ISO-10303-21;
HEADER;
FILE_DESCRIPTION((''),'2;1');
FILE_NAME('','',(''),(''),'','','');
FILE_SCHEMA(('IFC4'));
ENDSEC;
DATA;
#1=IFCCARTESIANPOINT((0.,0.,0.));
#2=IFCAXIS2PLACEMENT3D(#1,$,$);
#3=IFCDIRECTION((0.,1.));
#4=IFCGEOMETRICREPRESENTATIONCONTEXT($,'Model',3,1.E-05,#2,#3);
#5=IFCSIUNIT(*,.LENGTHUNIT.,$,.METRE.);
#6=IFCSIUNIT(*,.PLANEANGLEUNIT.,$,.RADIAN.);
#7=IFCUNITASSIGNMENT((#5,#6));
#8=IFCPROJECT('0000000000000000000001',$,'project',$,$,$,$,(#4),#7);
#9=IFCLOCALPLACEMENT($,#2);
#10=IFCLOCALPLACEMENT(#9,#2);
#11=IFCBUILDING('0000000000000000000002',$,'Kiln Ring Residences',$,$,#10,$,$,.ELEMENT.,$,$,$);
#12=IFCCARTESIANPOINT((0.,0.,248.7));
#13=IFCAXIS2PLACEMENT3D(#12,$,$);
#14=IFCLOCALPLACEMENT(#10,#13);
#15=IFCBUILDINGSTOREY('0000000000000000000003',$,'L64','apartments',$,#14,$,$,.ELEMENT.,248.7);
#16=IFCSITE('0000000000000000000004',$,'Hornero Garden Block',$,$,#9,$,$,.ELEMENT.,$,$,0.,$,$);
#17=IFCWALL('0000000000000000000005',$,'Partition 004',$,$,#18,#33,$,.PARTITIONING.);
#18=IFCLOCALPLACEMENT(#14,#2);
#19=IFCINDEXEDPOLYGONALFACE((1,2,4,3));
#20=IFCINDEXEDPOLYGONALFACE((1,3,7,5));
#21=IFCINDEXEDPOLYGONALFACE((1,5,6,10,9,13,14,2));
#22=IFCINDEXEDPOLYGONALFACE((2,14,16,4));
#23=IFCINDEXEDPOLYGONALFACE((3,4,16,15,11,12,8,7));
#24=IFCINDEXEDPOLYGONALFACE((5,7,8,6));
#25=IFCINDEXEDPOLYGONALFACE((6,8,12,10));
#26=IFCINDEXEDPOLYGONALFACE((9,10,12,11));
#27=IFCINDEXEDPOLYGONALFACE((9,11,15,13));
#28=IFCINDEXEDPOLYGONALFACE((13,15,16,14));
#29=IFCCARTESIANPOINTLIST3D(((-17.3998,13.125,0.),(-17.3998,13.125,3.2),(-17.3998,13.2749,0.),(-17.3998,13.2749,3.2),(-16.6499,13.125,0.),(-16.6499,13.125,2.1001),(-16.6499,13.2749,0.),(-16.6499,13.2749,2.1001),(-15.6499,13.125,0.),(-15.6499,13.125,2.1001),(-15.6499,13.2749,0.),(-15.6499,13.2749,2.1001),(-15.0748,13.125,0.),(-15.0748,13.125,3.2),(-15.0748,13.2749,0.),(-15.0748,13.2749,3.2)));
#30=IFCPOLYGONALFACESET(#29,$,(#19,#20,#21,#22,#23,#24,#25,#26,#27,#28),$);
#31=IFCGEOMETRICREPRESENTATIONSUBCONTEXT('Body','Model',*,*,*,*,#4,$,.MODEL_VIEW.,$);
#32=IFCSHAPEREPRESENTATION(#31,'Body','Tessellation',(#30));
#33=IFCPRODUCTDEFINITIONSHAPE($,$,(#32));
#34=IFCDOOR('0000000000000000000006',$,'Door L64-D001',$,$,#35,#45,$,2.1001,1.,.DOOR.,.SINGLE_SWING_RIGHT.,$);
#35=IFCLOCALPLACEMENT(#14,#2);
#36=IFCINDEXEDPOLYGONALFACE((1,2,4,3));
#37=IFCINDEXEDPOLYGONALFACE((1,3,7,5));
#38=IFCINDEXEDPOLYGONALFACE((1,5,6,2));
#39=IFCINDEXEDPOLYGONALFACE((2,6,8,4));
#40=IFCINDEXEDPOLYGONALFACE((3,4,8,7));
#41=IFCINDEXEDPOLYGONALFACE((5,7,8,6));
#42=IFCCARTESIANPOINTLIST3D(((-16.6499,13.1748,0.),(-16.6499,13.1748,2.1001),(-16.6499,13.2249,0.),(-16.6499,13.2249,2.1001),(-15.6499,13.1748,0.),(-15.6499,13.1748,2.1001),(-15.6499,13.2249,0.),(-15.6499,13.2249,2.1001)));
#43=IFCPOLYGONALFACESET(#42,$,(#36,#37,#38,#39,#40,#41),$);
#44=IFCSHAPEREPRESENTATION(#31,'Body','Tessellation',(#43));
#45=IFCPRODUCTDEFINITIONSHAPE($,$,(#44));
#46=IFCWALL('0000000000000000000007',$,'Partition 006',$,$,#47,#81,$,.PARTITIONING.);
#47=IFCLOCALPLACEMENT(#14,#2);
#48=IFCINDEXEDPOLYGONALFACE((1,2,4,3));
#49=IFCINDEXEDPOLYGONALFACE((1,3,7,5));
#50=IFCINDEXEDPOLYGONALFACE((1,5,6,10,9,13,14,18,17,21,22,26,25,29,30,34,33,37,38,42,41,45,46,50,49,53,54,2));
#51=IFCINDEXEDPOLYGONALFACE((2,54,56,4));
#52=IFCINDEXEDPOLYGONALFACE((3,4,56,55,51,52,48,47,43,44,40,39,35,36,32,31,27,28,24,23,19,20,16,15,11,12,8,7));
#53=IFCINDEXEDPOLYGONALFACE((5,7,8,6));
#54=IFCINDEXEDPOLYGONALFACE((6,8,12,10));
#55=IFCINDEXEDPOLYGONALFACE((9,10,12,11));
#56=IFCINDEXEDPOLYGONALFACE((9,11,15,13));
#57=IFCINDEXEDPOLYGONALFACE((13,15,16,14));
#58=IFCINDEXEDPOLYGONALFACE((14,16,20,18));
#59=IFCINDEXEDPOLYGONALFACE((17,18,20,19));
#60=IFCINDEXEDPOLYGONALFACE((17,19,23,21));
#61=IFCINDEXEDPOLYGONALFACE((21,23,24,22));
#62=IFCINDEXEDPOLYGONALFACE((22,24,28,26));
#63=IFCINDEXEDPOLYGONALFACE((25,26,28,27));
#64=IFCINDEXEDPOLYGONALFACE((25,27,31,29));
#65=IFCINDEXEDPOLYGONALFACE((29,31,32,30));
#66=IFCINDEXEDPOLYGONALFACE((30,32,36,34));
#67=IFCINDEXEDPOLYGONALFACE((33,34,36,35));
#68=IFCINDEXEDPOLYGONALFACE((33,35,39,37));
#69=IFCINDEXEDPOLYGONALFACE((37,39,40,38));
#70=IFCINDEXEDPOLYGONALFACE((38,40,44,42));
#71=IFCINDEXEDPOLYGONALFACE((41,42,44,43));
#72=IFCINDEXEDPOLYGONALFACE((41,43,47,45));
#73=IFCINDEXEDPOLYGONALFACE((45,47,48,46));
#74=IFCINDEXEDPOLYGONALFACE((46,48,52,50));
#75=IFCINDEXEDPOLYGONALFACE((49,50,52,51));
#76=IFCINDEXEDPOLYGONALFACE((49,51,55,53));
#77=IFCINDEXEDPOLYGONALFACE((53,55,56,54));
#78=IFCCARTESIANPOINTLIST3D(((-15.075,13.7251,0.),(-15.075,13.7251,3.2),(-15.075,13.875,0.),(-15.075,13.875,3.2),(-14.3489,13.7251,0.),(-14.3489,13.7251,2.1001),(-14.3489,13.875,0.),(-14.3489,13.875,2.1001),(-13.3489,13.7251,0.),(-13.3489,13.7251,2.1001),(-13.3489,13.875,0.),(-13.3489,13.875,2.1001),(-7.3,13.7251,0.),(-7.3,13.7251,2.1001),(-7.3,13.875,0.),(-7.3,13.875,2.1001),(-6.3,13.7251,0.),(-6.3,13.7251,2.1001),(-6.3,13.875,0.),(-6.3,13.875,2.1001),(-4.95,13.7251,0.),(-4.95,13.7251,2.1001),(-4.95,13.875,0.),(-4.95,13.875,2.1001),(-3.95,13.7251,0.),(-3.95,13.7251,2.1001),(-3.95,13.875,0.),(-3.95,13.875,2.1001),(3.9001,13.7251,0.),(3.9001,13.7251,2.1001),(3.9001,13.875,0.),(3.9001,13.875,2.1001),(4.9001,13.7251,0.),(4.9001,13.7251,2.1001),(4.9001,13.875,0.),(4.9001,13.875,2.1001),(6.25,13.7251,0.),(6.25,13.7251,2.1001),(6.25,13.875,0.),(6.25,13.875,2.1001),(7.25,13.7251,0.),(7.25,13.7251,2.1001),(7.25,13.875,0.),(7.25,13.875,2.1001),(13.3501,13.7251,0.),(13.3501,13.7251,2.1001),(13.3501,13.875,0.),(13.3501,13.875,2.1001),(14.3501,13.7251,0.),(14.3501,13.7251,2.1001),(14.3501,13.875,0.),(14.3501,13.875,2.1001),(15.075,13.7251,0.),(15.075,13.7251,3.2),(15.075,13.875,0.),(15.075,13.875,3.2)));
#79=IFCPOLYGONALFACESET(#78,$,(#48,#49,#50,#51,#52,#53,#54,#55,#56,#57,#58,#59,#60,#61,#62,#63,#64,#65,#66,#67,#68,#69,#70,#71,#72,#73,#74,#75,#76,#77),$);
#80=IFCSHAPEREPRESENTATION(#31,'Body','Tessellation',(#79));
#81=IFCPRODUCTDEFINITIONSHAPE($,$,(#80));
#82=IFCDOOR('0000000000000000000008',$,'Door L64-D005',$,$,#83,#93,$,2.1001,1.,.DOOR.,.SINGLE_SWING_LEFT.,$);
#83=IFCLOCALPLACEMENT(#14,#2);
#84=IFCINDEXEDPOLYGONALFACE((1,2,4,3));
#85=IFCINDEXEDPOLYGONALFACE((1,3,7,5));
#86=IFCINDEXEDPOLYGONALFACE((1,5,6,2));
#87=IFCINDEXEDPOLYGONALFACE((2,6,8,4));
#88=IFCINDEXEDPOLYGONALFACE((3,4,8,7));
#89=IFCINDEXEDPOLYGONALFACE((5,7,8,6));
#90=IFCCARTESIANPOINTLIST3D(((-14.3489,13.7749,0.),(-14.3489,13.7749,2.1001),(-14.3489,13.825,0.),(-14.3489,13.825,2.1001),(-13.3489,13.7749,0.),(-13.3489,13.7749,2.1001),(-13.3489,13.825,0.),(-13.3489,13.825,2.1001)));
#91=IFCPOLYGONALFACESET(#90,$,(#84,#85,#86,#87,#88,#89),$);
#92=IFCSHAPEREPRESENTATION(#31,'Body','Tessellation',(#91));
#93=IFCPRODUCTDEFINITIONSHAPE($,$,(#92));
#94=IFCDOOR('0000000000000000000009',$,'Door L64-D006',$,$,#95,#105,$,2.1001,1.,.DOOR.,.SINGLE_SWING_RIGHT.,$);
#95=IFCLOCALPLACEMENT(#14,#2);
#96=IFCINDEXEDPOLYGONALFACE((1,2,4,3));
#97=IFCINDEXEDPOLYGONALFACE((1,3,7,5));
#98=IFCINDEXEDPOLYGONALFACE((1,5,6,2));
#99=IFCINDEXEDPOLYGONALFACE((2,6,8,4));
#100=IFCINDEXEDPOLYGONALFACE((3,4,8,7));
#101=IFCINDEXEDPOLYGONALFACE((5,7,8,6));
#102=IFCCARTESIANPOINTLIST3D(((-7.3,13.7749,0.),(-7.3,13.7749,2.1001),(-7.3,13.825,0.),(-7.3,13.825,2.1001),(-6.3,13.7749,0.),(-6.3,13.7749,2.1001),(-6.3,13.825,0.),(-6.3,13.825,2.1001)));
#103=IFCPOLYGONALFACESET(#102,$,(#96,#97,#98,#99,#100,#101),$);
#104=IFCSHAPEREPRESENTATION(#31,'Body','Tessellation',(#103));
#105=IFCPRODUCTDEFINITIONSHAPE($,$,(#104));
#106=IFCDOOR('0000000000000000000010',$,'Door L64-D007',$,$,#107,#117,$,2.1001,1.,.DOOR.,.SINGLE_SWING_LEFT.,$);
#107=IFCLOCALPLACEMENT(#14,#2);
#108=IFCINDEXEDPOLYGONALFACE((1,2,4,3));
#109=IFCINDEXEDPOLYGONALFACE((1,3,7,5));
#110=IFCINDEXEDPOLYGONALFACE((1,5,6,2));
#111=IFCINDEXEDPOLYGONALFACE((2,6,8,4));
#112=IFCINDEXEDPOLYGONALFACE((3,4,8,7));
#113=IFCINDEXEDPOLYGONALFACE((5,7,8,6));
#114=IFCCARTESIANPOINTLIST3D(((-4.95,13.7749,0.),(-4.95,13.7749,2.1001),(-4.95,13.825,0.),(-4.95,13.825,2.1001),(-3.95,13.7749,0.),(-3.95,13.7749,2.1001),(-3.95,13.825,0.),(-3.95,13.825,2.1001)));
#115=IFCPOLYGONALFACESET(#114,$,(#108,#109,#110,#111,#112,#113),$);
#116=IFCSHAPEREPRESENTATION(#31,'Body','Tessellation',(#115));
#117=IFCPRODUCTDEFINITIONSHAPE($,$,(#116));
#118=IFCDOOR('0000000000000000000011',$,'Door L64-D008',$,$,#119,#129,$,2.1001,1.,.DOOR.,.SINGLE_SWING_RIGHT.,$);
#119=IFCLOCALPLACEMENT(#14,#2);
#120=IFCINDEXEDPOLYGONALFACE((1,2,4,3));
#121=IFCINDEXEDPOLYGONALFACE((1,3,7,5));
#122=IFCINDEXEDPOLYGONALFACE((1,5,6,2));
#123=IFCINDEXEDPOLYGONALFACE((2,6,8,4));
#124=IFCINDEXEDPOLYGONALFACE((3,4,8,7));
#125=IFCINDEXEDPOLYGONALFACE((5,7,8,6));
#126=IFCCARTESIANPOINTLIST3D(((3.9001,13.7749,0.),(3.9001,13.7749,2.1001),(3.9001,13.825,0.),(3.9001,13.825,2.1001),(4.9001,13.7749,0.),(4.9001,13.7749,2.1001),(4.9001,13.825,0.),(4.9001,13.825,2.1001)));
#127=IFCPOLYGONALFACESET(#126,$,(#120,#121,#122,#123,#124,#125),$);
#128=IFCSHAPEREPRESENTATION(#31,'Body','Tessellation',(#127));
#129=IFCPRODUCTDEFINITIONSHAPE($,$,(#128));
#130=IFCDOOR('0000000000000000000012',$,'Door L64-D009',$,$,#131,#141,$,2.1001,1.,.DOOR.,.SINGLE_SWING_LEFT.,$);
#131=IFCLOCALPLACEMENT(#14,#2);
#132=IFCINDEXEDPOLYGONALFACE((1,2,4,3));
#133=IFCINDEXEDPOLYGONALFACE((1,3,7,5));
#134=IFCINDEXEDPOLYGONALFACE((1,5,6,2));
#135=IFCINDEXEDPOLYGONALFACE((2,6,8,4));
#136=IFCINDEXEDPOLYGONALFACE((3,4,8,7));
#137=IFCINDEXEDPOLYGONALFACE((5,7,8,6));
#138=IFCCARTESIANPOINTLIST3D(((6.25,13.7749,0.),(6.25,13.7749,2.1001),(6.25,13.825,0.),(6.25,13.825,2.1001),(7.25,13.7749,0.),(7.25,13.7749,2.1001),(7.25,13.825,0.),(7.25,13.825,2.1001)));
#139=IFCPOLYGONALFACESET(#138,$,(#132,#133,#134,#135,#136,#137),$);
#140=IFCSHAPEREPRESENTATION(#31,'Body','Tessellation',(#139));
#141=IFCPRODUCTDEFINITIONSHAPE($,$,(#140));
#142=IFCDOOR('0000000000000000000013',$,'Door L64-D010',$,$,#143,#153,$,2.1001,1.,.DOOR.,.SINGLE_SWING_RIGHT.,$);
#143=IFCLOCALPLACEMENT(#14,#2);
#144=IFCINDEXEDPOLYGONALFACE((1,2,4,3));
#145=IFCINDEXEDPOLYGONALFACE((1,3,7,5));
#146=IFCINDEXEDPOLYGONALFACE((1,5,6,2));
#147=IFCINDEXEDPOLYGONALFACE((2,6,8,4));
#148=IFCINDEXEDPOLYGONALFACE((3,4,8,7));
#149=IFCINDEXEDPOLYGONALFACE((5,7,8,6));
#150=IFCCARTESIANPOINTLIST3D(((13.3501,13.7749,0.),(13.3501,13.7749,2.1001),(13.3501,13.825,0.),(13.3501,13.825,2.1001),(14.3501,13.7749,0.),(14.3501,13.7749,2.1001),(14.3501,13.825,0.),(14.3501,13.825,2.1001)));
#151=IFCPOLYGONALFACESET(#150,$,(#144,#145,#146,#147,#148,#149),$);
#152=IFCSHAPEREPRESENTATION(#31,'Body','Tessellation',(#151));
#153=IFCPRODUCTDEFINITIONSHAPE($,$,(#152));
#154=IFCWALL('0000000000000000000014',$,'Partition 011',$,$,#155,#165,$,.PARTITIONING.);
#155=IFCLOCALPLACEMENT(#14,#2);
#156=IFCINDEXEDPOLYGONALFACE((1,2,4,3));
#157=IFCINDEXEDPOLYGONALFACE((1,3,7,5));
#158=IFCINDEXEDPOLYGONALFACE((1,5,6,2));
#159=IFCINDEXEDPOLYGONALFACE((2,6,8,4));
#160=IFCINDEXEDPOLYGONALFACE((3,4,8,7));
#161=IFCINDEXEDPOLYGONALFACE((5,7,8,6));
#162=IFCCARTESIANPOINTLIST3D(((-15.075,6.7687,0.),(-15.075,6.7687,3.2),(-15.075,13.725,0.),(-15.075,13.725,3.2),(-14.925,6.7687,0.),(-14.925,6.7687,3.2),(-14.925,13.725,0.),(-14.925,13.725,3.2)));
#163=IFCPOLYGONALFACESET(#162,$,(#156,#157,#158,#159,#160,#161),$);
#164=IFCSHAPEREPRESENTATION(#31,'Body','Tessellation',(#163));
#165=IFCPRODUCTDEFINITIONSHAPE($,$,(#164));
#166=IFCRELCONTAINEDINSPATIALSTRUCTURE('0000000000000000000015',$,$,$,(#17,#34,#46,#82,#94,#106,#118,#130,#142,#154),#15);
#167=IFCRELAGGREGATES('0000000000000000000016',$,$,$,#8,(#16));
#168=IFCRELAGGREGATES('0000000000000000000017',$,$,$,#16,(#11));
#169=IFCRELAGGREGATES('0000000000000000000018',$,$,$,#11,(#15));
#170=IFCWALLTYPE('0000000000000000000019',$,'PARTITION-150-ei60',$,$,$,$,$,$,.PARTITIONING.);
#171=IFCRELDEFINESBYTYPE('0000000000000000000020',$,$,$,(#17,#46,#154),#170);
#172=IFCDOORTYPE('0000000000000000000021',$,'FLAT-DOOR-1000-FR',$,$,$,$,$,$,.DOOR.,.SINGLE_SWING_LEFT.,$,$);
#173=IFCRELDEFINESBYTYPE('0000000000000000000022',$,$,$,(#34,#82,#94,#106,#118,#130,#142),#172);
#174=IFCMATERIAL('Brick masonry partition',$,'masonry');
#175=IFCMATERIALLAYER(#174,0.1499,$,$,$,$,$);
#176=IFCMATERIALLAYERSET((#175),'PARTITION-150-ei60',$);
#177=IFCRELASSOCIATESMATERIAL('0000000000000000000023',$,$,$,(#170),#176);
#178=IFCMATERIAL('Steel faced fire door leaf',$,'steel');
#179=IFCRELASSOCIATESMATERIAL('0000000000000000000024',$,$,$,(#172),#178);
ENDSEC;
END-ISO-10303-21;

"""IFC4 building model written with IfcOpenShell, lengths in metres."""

from ifc_helpers import new_model, si_unit, direction, frame, frame_2d, origin, place, context, subcontext, project, spatial, rectangle, extrude, material, layer, layer_set, type_object, element, fill, save


model = new_model("IFC4")

# Units and contexts
model_context = context("Model", 3, precision=1e-05, world=origin(), true_north=direction((0.0, 1.0)))
body_context = subcontext(model_context, "Body", "Model", "MODEL_VIEW")
ifc_project = project(units=[si_unit("LENGTHUNIT", "METRE"), si_unit("PLANEANGLEUNIT", "RADIAN")], contexts=[model_context])

# Site, building, storey
site_placement = place(None, origin())
site = spatial("IfcSite", under=ifc_project, at=site_placement, Name="Hornero Garden Block", CompositionType="ELEMENT", RefElevation=0.0)
building_placement = place(site_placement, origin())
building = spatial("IfcBuilding", under=site, at=building_placement, Name="Kiln Ring Residences", CompositionType="ELEMENT")
storey_placement = place(building_placement, frame((0.0, 0.0, 248.7)))
storey = spatial("IfcBuildingStorey", under=building, at=storey_placement, Name="L64", Description="apartments", CompositionType="ELEMENT", Elevation=248.7)

# Wall, opening, door
ifc_material_1 = material(Name="Brick masonry partition", Category="masonry")
ifc_layer_1 = layer(ifc_material_1, 0.1499)
ifc_layer_set_1 = layer_set([ifc_layer_1], Name="PARTITION-150-ei60")
wall_type_1 = type_object("IfcWallType", Name="PARTITION-150-ei60", PredefinedType="PARTITIONING", material=ifc_layer_set_1)
wall_1_placement = place(storey_placement, frame((-17.3999, 13.2, 0.0), z_axis=(0.0, 0.0, 1.0), x_axis=(1.0, 0.0, 0.0)))
wall_1 = element("IfcWall", 1, at=wall_1_placement, inside=storey, type_object=wall_type_1, Name="Partition 004", PredefinedType="PARTITIONING", context=body_context, shape_type="SweptSolid", body=[
    extrude(rectangle(XDim=2.325, YDim=0.1499, at=frame_2d((1.1626, 0.0))), origin(), (0.0, 0.0, 1.0), 3.2),
])
opening_1_placement = place(wall_1_placement, frame((0.75, 0.0, 0.0)))
opening_1 = element("IfcOpeningElement", 2, at=opening_1_placement, cuts=wall_1, PredefinedType="OPENING", context=body_context, shape_type="SweptSolid", body=[
    extrude(rectangle(XDim=1.0, YDim=2.1001, at=frame_2d((0.5, 1.05))), frame((0.0, 0.085, 0.0), z_axis=(0.0, -1.0, 0.0), x_axis=(1.0, 0.0, 0.0)), (0.0, 0.0, 1.0), 0.1699),
])
ifc_material_2 = material(Name="Steel faced fire door leaf", Category="steel")
door_type_1 = type_object("IfcDoorType", Name="FLAT-DOOR-1000-FR", OperationType="SINGLE_SWING_LEFT", PredefinedType="DOOR", material=ifc_material_2)
door_1_placement = place(opening_1_placement, origin())
door_1 = element("IfcDoor", 3, at=door_1_placement, inside=storey, type_object=door_type_1, Name="Door L64-D001", OperationType="SINGLE_SWING_RIGHT", OverallHeight=2.1001, OverallWidth=1.0, PredefinedType="DOOR", context=body_context, shape_type="SweptSolid", body=[
    extrude(rectangle(XDim=1.0, YDim=2.1001, at=frame_2d((0.5, 1.05))), frame((0.0, 0.0249, 0.0), z_axis=(0.0, -1.0, 0.0), x_axis=(1.0, 0.0, 0.0)), (0.0, 0.0, 1.0), 0.05),
])
fill(opening_1, door_1)

# Wall, openings, doors
wall_2_placement = place(storey_placement, frame((-15.075, 13.8, 0.0), z_axis=(0.0, 0.0, 1.0), x_axis=(1.0, 0.0, 0.0)))
wall_2 = element("IfcWall", 4, at=wall_2_placement, inside=storey, type_object=wall_type_1, Name="Partition 006", PredefinedType="PARTITIONING", context=body_context, shape_type="SweptSolid", body=[
    extrude(rectangle(XDim=30.1499, YDim=0.1499, at=frame_2d((15.075, 0.0))), origin(), (0.0, 0.0, 1.0), 3.2),
])
opening_2_placement = place(wall_2_placement, frame((0.7261, 0.0, 0.0)))
opening_2 = element("IfcOpeningElement", 5, at=opening_2_placement, cuts=wall_2, PredefinedType="OPENING", context=body_context, shape_type="SweptSolid", body=[
    extrude(rectangle(XDim=1.0, YDim=2.1001, at=frame_2d((0.5, 1.05))), frame((0.0, 0.085, 0.0), z_axis=(0.0, -1.0, 0.0), x_axis=(1.0, 0.0, 0.0)), (0.0, 0.0, 1.0), 0.1699),
])
opening_3_placement = place(wall_2_placement, frame((7.7749, 0.0, 0.0)))
opening_3 = element("IfcOpeningElement", 6, at=opening_3_placement, cuts=wall_2, PredefinedType="OPENING", context=body_context, shape_type="SweptSolid", body=[
    extrude(rectangle(XDim=1.0, YDim=2.1001, at=frame_2d((0.5, 1.05))), frame((0.0, 0.085, 0.0), z_axis=(0.0, -1.0, 0.0), x_axis=(1.0, 0.0, 0.0)), (0.0, 0.0, 1.0), 0.1699),
])
opening_4_placement = place(wall_2_placement, frame((10.125, 0.0, 0.0)))
opening_4 = element("IfcOpeningElement", 7, at=opening_4_placement, cuts=wall_2, PredefinedType="OPENING", context=body_context, shape_type="SweptSolid", body=[
    extrude(rectangle(XDim=1.0, YDim=2.1001, at=frame_2d((0.5, 1.05))), frame((0.0, 0.085, 0.0), z_axis=(0.0, -1.0, 0.0), x_axis=(1.0, 0.0, 0.0)), (0.0, 0.0, 1.0), 0.1699),
])
opening_5_placement = place(wall_2_placement, frame((18.9751, 0.0, 0.0)))
opening_5 = element("IfcOpeningElement", 8, at=opening_5_placement, cuts=wall_2, PredefinedType="OPENING", context=body_context, shape_type="SweptSolid", body=[
    extrude(rectangle(XDim=1.0, YDim=2.1001, at=frame_2d((0.5, 1.05))), frame((0.0, 0.085, 0.0), z_axis=(0.0, -1.0, 0.0), x_axis=(1.0, 0.0, 0.0)), (0.0, 0.0, 1.0), 0.1699),
])
opening_6_placement = place(wall_2_placement, frame((21.325, 0.0, 0.0)))
opening_6 = element("IfcOpeningElement", 9, at=opening_6_placement, cuts=wall_2, PredefinedType="OPENING", context=body_context, shape_type="SweptSolid", body=[
    extrude(rectangle(XDim=1.0, YDim=2.1001, at=frame_2d((0.5, 1.05))), frame((0.0, 0.085, 0.0), z_axis=(0.0, -1.0, 0.0), x_axis=(1.0, 0.0, 0.0)), (0.0, 0.0, 1.0), 0.1699),
])
opening_7_placement = place(wall_2_placement, frame((28.425, 0.0, 0.0)))
opening_7 = element("IfcOpeningElement", 10, at=opening_7_placement, cuts=wall_2, PredefinedType="OPENING", context=body_context, shape_type="SweptSolid", body=[
    extrude(rectangle(XDim=1.0, YDim=2.1001, at=frame_2d((0.5, 1.05))), frame((0.0, 0.085, 0.0), z_axis=(0.0, -1.0, 0.0), x_axis=(1.0, 0.0, 0.0)), (0.0, 0.0, 1.0), 0.1699),
])
door_2_placement = place(opening_2_placement, origin())
door_2 = element("IfcDoor", 11, at=door_2_placement, inside=storey, type_object=door_type_1, Name="Door L64-D005", OperationType="SINGLE_SWING_LEFT", OverallHeight=2.1001, OverallWidth=1.0, PredefinedType="DOOR", context=body_context, shape_type="SweptSolid", body=[
    extrude(rectangle(XDim=1.0, YDim=2.1001, at=frame_2d((0.5, 1.05))), frame((0.0, 0.0249, 0.0), z_axis=(0.0, -1.0, 0.0), x_axis=(1.0, 0.0, 0.0)), (0.0, 0.0, 1.0), 0.05),
])
fill(opening_2, door_2)
door_3_placement = place(opening_3_placement, origin())
door_3 = element("IfcDoor", 12, at=door_3_placement, inside=storey, type_object=door_type_1, Name="Door L64-D006", OperationType="SINGLE_SWING_RIGHT", OverallHeight=2.1001, OverallWidth=1.0, PredefinedType="DOOR", context=body_context, shape_type="SweptSolid", body=[
    extrude(rectangle(XDim=1.0, YDim=2.1001, at=frame_2d((0.5, 1.05))), frame((0.0, 0.0249, 0.0), z_axis=(0.0, -1.0, 0.0), x_axis=(1.0, 0.0, 0.0)), (0.0, 0.0, 1.0), 0.05),
])
fill(opening_3, door_3)
door_4_placement = place(opening_4_placement, origin())
door_4 = element("IfcDoor", 13, at=door_4_placement, inside=storey, type_object=door_type_1, Name="Door L64-D007", OperationType="SINGLE_SWING_LEFT", OverallHeight=2.1001, OverallWidth=1.0, PredefinedType="DOOR", context=body_context, shape_type="SweptSolid", body=[
    extrude(rectangle(XDim=1.0, YDim=2.1001, at=frame_2d((0.5, 1.05))), frame((0.0, 0.0249, 0.0), z_axis=(0.0, -1.0, 0.0), x_axis=(1.0, 0.0, 0.0)), (0.0, 0.0, 1.0), 0.05),
])
fill(opening_4, door_4)
door_5_placement = place(opening_5_placement, origin())
door_5 = element("IfcDoor", 14, at=door_5_placement, inside=storey, type_object=door_type_1, Name="Door L64-D008", OperationType="SINGLE_SWING_RIGHT", OverallHeight=2.1001, OverallWidth=1.0, PredefinedType="DOOR", context=body_context, shape_type="SweptSolid", body=[
    extrude(rectangle(XDim=1.0, YDim=2.1001, at=frame_2d((0.5, 1.05))), frame((0.0, 0.0249, 0.0), z_axis=(0.0, -1.0, 0.0), x_axis=(1.0, 0.0, 0.0)), (0.0, 0.0, 1.0), 0.05),
])
fill(opening_5, door_5)
door_6_placement = place(opening_6_placement, origin())
door_6 = element("IfcDoor", 15, at=door_6_placement, inside=storey, type_object=door_type_1, Name="Door L64-D009", OperationType="SINGLE_SWING_LEFT", OverallHeight=2.1001, OverallWidth=1.0, PredefinedType="DOOR", context=body_context, shape_type="SweptSolid", body=[
    extrude(rectangle(XDim=1.0, YDim=2.1001, at=frame_2d((0.5, 1.05))), frame((0.0, 0.0249, 0.0), z_axis=(0.0, -1.0, 0.0), x_axis=(1.0, 0.0, 0.0)), (0.0, 0.0, 1.0), 0.05),
])
fill(opening_6, door_6)
door_7_placement = place(opening_7_placement, origin())
door_7 = element("IfcDoor", 16, at=door_7_placement, inside=storey, type_object=door_type_1, Name="Door L64-D010", OperationType="SINGLE_SWING_RIGHT", OverallHeight=2.1001, OverallWidth=1.0, PredefinedType="DOOR", context=body_context, shape_type="SweptSolid", body=[
    extrude(rectangle(XDim=1.0, YDim=2.1001, at=frame_2d((0.5, 1.05))), frame((0.0, 0.0249, 0.0), z_axis=(0.0, -1.0, 0.0), x_axis=(1.0, 0.0, 0.0)), (0.0, 0.0, 1.0), 0.05),
])
fill(opening_7, door_7)

# Wall
wall_3_placement = place(storey_placement, frame((-15.0, 6.7688, 0.0), z_axis=(0.0, 0.0, 1.0), x_axis=(0.0, 1.0, 0.0)))
element("IfcWall", 17, at=wall_3_placement, inside=storey, type_object=wall_type_1, Name="Partition 011", PredefinedType="PARTITIONING", context=body_context, shape_type="SweptSolid", body=[
    extrude(rectangle(XDim=6.9563, YDim=0.1499, at=frame_2d((3.478, 0.0))), origin(), (0.0, 0.0, 1.0), 3.2),
])

save(model, "model.ifc")
